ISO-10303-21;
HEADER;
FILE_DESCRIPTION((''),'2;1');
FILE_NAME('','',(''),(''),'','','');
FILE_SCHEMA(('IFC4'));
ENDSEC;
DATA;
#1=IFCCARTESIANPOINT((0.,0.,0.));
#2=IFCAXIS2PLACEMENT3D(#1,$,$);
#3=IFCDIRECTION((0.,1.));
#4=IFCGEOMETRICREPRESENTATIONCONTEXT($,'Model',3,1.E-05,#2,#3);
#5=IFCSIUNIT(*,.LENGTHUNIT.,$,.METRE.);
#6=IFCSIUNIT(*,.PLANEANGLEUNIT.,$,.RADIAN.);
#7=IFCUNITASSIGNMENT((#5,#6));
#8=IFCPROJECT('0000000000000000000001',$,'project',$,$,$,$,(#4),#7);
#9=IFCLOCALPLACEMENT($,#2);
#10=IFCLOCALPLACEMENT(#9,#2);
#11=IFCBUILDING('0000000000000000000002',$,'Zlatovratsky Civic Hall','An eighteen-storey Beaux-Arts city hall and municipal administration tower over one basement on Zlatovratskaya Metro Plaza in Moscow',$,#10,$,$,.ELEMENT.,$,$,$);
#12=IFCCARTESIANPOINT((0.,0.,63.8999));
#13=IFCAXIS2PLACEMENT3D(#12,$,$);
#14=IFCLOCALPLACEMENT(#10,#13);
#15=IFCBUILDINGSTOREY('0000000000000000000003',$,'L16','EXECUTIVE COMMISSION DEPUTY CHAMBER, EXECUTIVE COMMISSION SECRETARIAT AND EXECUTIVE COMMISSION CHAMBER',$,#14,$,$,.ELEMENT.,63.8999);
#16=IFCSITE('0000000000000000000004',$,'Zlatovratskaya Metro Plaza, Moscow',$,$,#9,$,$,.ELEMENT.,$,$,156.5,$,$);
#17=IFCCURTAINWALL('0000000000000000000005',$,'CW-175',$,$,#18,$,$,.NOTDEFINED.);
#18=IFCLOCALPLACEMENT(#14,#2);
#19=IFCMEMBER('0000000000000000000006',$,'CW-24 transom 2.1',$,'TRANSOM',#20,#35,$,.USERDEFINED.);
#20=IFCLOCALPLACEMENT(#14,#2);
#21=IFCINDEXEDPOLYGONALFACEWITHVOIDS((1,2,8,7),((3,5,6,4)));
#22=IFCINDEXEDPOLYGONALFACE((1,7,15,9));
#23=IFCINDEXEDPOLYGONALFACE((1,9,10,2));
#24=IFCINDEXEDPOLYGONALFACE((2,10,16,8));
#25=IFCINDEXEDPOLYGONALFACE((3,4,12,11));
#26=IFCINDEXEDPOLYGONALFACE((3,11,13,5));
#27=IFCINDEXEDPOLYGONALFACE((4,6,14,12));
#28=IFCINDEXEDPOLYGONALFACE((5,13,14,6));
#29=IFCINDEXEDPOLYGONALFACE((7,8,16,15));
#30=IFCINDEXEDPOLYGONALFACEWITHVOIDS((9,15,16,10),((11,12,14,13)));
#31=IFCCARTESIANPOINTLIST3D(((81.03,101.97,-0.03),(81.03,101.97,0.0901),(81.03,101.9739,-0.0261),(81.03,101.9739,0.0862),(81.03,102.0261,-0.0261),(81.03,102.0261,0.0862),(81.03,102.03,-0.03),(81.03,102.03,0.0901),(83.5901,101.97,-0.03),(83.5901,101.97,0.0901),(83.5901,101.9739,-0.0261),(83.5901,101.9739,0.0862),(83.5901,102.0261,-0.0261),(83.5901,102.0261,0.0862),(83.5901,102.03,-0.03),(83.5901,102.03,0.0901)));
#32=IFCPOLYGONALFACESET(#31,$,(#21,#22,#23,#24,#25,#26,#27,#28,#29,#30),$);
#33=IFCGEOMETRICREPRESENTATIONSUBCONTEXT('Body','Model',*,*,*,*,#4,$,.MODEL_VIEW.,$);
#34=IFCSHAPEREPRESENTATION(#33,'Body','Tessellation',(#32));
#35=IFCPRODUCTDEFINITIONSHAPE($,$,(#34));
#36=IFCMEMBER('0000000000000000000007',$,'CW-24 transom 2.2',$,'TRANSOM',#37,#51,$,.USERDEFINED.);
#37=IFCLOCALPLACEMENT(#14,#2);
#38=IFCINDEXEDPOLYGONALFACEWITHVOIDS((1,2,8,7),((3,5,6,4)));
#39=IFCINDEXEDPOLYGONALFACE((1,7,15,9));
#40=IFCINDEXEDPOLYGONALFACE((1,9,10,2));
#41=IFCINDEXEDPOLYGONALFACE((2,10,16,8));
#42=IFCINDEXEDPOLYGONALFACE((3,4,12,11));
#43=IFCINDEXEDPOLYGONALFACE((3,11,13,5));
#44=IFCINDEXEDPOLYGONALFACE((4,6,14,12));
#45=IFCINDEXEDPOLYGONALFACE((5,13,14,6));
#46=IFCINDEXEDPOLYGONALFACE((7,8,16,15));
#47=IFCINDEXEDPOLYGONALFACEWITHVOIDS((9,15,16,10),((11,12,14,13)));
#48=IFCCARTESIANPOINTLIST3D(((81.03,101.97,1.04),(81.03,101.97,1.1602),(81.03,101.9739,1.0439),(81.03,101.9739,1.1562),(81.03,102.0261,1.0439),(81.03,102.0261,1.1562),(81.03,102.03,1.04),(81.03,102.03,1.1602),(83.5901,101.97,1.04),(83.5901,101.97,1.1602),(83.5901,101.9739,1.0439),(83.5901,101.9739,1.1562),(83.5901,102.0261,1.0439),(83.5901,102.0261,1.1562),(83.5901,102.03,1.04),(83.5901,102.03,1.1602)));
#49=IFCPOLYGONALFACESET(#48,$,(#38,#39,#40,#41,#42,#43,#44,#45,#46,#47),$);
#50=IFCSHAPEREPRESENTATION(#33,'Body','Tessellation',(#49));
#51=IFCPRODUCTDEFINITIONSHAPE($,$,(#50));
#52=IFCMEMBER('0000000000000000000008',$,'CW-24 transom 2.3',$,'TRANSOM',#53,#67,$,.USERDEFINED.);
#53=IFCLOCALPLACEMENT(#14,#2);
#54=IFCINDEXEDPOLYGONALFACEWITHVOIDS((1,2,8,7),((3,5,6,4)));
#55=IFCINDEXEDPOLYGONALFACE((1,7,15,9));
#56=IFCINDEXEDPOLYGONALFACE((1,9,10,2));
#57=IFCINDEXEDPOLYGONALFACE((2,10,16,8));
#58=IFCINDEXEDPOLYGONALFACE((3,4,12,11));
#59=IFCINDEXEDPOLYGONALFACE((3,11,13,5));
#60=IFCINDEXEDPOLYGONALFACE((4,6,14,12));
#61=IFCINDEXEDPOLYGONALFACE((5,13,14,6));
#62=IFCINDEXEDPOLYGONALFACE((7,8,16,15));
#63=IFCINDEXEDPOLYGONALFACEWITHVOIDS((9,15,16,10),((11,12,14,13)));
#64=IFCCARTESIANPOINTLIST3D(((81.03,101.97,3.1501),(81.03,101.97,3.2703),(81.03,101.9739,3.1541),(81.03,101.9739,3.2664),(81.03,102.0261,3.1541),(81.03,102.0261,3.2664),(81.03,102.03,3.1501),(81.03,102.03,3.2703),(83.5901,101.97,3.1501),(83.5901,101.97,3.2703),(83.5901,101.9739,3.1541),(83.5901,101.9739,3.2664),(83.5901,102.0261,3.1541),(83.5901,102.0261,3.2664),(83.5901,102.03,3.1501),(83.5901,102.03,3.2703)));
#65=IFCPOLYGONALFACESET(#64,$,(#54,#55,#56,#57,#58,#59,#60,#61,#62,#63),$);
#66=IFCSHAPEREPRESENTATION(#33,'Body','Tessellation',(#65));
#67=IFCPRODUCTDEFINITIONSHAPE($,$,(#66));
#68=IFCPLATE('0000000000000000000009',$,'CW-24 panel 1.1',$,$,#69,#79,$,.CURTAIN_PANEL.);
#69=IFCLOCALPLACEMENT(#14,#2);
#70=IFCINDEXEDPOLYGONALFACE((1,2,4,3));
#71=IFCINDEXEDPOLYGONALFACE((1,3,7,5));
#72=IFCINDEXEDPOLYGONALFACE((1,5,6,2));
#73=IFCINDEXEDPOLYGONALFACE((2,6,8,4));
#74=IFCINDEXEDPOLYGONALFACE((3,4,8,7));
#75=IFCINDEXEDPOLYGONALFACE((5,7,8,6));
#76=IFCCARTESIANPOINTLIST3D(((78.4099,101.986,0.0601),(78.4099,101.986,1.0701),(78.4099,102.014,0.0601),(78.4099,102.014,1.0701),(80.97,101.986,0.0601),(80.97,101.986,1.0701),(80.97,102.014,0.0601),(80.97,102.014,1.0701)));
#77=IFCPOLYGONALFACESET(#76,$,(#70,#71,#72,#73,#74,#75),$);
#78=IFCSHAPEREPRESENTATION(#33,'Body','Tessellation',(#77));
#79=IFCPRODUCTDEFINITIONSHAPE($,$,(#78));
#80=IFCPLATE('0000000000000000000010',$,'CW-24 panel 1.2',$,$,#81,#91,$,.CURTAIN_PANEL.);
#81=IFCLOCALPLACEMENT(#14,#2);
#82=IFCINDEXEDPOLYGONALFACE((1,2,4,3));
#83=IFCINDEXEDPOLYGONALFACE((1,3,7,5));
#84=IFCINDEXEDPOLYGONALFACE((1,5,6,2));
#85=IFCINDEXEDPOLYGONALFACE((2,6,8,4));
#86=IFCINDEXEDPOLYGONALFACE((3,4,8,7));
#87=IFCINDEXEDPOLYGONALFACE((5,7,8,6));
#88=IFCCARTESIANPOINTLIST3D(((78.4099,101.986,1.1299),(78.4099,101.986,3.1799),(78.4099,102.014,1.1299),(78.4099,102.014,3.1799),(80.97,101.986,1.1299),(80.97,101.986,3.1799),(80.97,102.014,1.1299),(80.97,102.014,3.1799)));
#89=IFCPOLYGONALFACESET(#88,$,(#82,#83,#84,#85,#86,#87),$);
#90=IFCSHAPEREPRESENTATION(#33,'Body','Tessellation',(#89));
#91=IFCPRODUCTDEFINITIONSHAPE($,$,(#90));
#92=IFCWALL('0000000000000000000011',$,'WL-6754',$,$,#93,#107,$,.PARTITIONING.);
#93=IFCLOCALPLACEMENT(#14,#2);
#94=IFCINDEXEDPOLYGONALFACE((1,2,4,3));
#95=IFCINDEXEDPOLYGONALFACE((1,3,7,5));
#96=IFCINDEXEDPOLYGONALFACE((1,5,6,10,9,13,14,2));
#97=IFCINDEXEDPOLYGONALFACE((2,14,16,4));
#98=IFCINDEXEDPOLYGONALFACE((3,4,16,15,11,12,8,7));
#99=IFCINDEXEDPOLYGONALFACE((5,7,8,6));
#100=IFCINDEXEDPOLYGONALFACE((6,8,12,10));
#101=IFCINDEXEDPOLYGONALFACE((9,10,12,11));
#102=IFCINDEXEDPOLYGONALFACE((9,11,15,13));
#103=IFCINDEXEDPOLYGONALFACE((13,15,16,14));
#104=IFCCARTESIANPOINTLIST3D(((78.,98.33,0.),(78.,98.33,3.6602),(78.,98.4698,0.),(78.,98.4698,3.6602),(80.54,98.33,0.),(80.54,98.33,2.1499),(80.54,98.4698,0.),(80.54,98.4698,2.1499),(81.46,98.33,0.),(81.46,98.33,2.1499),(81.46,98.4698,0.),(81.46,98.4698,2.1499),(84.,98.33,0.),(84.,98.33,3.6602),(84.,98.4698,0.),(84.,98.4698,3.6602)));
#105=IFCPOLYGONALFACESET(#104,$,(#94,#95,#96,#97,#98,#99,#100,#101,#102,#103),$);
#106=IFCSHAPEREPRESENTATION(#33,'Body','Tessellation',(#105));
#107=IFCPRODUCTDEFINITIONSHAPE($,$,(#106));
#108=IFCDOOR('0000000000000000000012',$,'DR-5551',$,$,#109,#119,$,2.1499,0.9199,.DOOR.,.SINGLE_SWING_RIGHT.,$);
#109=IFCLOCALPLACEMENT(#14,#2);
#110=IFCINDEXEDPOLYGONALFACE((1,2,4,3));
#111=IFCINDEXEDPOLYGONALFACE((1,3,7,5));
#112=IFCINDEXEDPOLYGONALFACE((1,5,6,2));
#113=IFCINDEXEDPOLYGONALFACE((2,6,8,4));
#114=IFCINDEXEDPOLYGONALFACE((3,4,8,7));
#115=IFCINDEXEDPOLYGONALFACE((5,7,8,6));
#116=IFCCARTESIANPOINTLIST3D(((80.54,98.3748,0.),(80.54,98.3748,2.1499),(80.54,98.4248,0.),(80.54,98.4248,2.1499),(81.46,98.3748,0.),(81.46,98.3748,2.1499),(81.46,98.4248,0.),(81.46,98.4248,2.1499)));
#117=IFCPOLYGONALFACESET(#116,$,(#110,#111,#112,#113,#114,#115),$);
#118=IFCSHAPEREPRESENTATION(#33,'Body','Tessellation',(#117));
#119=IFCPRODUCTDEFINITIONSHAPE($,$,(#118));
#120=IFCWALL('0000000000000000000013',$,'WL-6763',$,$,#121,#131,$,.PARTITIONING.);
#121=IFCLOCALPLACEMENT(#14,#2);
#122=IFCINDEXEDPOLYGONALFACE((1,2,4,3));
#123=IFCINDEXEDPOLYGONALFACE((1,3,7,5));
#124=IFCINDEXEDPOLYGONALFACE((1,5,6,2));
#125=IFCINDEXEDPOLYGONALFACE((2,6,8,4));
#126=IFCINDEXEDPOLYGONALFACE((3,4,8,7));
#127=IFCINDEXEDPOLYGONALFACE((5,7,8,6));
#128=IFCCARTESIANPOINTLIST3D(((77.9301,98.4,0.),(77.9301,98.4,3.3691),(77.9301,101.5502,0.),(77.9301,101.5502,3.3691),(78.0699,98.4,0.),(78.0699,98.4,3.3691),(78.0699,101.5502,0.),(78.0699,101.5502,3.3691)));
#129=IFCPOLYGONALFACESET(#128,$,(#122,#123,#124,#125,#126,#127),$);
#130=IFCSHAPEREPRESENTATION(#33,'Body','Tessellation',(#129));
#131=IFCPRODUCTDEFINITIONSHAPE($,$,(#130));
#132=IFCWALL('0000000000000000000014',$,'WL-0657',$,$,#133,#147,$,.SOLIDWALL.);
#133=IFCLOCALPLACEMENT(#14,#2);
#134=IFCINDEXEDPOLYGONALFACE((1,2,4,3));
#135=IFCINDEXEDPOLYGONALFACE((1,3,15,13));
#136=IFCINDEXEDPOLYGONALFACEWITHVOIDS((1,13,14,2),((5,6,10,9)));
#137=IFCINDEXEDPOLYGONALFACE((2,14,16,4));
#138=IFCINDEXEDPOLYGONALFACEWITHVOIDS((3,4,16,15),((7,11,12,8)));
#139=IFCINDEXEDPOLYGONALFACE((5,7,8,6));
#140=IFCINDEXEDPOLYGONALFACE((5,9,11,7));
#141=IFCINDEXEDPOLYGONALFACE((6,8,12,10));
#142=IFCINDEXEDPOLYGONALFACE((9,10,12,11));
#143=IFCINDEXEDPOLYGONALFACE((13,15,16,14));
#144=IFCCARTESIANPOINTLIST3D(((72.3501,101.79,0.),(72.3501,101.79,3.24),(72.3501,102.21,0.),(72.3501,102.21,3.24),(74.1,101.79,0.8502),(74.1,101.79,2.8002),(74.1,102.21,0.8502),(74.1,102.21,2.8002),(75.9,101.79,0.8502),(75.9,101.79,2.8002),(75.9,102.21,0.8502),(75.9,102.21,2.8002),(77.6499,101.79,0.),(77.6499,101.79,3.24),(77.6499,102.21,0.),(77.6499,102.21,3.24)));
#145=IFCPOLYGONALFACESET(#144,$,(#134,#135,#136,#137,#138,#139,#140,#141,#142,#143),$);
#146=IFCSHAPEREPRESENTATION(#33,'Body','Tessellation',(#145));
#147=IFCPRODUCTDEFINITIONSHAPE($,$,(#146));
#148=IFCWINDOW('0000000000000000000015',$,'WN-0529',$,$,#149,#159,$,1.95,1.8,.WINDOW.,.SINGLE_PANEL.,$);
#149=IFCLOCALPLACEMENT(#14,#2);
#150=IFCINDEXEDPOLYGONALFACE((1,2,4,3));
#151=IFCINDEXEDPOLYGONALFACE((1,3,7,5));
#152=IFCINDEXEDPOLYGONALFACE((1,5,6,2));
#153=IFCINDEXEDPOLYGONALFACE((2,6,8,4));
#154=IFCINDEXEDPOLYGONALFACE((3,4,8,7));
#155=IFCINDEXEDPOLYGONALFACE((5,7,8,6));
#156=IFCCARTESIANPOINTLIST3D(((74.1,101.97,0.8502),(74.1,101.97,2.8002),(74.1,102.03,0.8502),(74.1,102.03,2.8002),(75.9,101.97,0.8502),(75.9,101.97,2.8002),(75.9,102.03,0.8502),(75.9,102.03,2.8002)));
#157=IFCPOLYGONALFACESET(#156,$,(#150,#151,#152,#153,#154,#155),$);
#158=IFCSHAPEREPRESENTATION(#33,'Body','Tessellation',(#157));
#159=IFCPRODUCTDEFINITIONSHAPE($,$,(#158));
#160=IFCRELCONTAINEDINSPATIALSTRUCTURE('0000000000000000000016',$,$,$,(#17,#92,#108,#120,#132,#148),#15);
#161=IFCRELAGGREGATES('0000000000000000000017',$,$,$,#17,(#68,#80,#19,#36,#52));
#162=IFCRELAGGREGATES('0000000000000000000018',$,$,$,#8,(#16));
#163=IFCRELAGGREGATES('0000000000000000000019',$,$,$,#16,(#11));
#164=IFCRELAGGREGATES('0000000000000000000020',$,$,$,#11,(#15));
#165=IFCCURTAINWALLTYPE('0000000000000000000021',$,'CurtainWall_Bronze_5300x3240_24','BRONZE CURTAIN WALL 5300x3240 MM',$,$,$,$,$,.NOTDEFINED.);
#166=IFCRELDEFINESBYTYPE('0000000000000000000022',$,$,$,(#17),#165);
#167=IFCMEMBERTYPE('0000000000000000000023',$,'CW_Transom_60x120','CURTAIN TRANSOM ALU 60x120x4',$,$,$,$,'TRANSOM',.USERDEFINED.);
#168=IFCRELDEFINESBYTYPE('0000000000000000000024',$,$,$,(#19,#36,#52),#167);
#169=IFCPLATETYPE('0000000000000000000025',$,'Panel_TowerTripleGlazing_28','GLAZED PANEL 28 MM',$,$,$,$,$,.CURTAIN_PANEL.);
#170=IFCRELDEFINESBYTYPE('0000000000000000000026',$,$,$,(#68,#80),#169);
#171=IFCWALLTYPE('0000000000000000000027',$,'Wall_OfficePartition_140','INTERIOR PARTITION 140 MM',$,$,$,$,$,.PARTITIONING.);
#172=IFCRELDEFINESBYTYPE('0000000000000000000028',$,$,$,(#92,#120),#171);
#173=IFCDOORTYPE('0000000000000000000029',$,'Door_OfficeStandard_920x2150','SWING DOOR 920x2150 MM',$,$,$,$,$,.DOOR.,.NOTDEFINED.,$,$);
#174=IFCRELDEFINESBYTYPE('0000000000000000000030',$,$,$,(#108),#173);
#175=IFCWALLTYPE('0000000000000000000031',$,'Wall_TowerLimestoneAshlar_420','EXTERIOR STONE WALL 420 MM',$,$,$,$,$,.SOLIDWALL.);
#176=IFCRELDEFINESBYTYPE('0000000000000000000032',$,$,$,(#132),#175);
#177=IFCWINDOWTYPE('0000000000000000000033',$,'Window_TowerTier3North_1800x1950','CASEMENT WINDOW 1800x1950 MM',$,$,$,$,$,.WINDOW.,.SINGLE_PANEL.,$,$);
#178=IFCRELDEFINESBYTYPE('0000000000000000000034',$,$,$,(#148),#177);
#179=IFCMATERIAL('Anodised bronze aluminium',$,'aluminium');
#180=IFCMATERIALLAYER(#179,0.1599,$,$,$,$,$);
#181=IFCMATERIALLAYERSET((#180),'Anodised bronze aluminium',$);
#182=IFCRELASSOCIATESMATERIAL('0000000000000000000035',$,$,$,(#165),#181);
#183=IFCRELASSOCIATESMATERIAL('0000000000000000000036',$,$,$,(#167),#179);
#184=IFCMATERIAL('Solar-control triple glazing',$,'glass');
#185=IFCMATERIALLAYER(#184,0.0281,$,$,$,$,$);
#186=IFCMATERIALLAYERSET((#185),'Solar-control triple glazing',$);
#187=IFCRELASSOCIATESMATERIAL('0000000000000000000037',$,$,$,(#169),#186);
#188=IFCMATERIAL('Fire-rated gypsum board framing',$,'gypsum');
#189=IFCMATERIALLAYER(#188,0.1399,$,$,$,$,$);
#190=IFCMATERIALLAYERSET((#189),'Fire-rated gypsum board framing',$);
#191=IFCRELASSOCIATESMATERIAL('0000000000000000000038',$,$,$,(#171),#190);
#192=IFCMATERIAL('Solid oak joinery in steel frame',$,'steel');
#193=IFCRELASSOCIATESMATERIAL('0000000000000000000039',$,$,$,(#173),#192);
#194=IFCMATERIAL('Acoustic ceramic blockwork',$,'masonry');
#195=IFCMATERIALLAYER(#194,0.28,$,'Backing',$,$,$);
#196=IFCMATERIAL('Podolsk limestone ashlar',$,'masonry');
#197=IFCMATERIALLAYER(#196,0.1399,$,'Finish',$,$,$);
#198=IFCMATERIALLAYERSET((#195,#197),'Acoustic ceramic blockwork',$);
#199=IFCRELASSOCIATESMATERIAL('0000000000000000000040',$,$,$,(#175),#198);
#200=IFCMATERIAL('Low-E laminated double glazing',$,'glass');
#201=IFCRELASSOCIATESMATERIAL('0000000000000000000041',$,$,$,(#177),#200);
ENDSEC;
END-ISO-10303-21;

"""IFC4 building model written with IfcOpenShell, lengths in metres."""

from ifc_helpers import new_model, si_unit, direction, frame, frame_2d, origin, origin_2d, place, context, subcontext, project, spatial, rectangle, hollow_rectangle, extrude, material, layer, layer_set, material_profile, profile_set, type_object, element, fill, aggregate, save


model = new_model("IFC4")

# Units and contexts
model_context = context("Model", 3, precision=1e-05, world=origin(), true_north=direction((0.0, 1.0)))
body_context = subcontext(model_context, "Body", "Model", "MODEL_VIEW")
ifc_project = project(units=[si_unit("LENGTHUNIT", "METRE"), si_unit("PLANEANGLEUNIT", "RADIAN")], contexts=[model_context])

# Site, building, storey
site_placement = place(None, origin())
site = spatial("IfcSite", under=ifc_project, at=site_placement, Name="Zlatovratskaya Metro Plaza, Moscow", CompositionType="ELEMENT", RefElevation=156.5)
building_placement = place(site_placement, origin())
building = spatial("IfcBuilding", under=site, at=building_placement, Name="Zlatovratsky Civic Hall", Description="An eighteen-storey Beaux-Arts city hall and municipal administration tower over one basement on Zlatovratskaya Metro Plaza in Moscow", CompositionType="ELEMENT")
storey_placement = place(building_placement, frame((0.0, 0.0, 63.8999)))
storey = spatial("IfcBuildingStorey", under=building, at=storey_placement, Name="L16", Description="EXECUTIVE COMMISSION DEPUTY CHAMBER, EXECUTIVE COMMISSION SECRETARIAT AND EXECUTIVE COMMISSION CHAMBER", CompositionType="ELEMENT", Elevation=63.8999)

# Curtain wall, members, plates
ifc_material_1 = material(Name="Anodised bronze aluminium", Category="aluminium")
ifc_layer_1 = layer(ifc_material_1, 0.1599)
ifc_layer_set_1 = layer_set([ifc_layer_1], Name="Anodised bronze aluminium")
curtain_wall_type = type_object("IfcCurtainWallType", Name="CurtainWall_Bronze_5300x3240_24", Description="BRONZE CURTAIN WALL 5300x3240 MM", PredefinedType="NOTDEFINED", material=ifc_layer_set_1)
curtain_wall_placement = place(storey_placement, origin())
curtain_wall = element("IfcCurtainWall", 1, at=curtain_wall_placement, inside=storey, type_object=curtain_wall_type, Name="CW-175", PredefinedType="NOTDEFINED")
ifc_material_profile_1 = material_profile(ifc_material_1, hollow_rectangle(XDim=0.0601, YDim=0.1201, WallThickness=0.0039, at=origin_2d()), Name="ALU 60x120x4")
ifc_profile_set_1 = profile_set([ifc_material_profile_1], Name="Anodised bronze aluminium")
member_type_1 = type_object("IfcMemberType", Name="CW_Transom_60x120", Description="CURTAIN TRANSOM ALU 60x120x4", ElementType="TRANSOM", PredefinedType="USERDEFINED", material=ifc_profile_set_1)
member_1_placement = place(storey_placement, frame((81.03, 102.0, 0.03), z_axis=(1.0, 0.0, 0.0), x_axis=(0.0, 1.0, 0.0)))
member_1 = element("IfcMember", 2, at=member_1_placement, type_object=member_type_1, Name="CW-24 transom 2.1", ObjectType="TRANSOM", PredefinedType="USERDEFINED", context=body_context, shape_type="SweptSolid", body=[
    extrude(hollow_rectangle(XDim=0.0601, YDim=0.1201, WallThickness=0.0039, at=origin_2d()), origin(), (0.0, 0.0, 1.0), 2.5601),
])
member_2_placement = place(storey_placement, frame((81.03, 102.0, 1.1001), z_axis=(1.0, 0.0, 0.0), x_axis=(0.0, 1.0, 0.0)))
member_2 = element("IfcMember", 3, at=member_2_placement, type_object=member_type_1, Name="CW-24 transom 2.2", ObjectType="TRANSOM", PredefinedType="USERDEFINED", context=body_context, shape_type="SweptSolid", body=[
    extrude(hollow_rectangle(XDim=0.0601, YDim=0.1201, WallThickness=0.0039, at=origin_2d()), origin(), (0.0, 0.0, 1.0), 2.5601),
])
member_3_placement = place(storey_placement, frame((81.03, 102.0, 3.2102), z_axis=(1.0, 0.0, 0.0), x_axis=(0.0, 1.0, 0.0)))
member_3 = element("IfcMember", 4, at=member_3_placement, type_object=member_type_1, Name="CW-24 transom 2.3", ObjectType="TRANSOM", PredefinedType="USERDEFINED", context=body_context, shape_type="SweptSolid", body=[
    extrude(hollow_rectangle(XDim=0.0601, YDim=0.1201, WallThickness=0.0039, at=origin_2d()), origin(), (0.0, 0.0, 1.0), 2.5601),
])
ifc_material_2 = material(Name="Solar-control triple glazing", Category="glass")
ifc_layer_2 = layer(ifc_material_2, 0.0281)
ifc_layer_set_2 = layer_set([ifc_layer_2], Name="Solar-control triple glazing")
plate_type = type_object("IfcPlateType", Name="Panel_TowerTripleGlazing_28", Description="GLAZED PANEL 28 MM", PredefinedType="CURTAIN_PANEL", material=ifc_layer_set_2)
plate_1_placement = place(storey_placement, frame((79.6899, 102.0, 0.0601), z_axis=(0.0, 0.0, 1.0), x_axis=(1.0, 0.0, 0.0)))
plate_1 = element("IfcPlate", 5, at=plate_1_placement, type_object=plate_type, Name="CW-24 panel 1.1", PredefinedType="CURTAIN_PANEL", context=body_context, shape_type="SweptSolid", body=[
    extrude(rectangle(XDim=2.5601, YDim=0.0281, at=origin_2d()), origin(), (0.0, 0.0, 1.0), 1.01),
])
plate_2_placement = place(storey_placement, frame((79.6899, 102.0, 1.1299), z_axis=(0.0, 0.0, 1.0), x_axis=(1.0, 0.0, 0.0)))
plate_2 = element("IfcPlate", 6, at=plate_2_placement, type_object=plate_type, Name="CW-24 panel 1.2", PredefinedType="CURTAIN_PANEL", context=body_context, shape_type="SweptSolid", body=[
    extrude(rectangle(XDim=2.5601, YDim=0.0281, at=origin_2d()), origin(), (0.0, 0.0, 1.0), 2.05),
])
aggregate(curtain_wall, [plate_1, plate_2, member_1, member_2, member_3])

# Wall, opening, door
ifc_material_3 = material(Name="Fire-rated gypsum board framing", Category="gypsum")
ifc_layer_3 = layer(ifc_material_3, 0.1399)
ifc_layer_set_3 = layer_set([ifc_layer_3], Name="Fire-rated gypsum board framing")
wall_type_1 = type_object("IfcWallType", Name="Wall_OfficePartition_140", Description="INTERIOR PARTITION 140 MM", PredefinedType="PARTITIONING", material=ifc_layer_set_3)
wall_1_placement = place(storey_placement, frame((78.0, 98.3999, 0.0), z_axis=(0.0, 0.0, 1.0), x_axis=(1.0, 0.0, 0.0)))
wall_1 = element("IfcWall", 7, at=wall_1_placement, inside=storey, type_object=wall_type_1, Name="WL-6754", PredefinedType="PARTITIONING", context=body_context, shape_type="SweptSolid", body=[
    extrude(rectangle(XDim=6.0, YDim=0.1399, at=frame_2d((3.0, 0.0))), origin(), (0.0, 0.0, 1.0), 3.6602),
])
opening_1_placement = place(wall_1_placement, frame((2.54, 0.0, 0.0)))
opening_1 = element("IfcOpeningElement", 8, at=opening_1_placement, cuts=wall_1, PredefinedType="OPENING", context=body_context, shape_type="SweptSolid", body=[
    extrude(rectangle(XDim=0.9199, YDim=2.1499, at=frame_2d((0.46, 1.075))), frame((0.0, 0.085, 0.0), z_axis=(0.0, -1.0, 0.0), x_axis=(1.0, 0.0, 0.0)), (0.0, 0.0, 1.0), 0.1697),
])
ifc_material_4 = material(Name="Solid oak joinery in steel frame", Category="steel")
door_type = type_object("IfcDoorType", Name="Door_OfficeStandard_920x2150", Description="SWING DOOR 920x2150 MM", OperationType="NOTDEFINED", PredefinedType="DOOR", material=ifc_material_4)
door_placement = place(opening_1_placement, origin())
door = element("IfcDoor", 9, at=door_placement, inside=storey, type_object=door_type, Name="DR-5551", OperationType="SINGLE_SWING_RIGHT", OverallHeight=2.1499, OverallWidth=0.9199, PredefinedType="DOOR", context=body_context, shape_type="SweptSolid", body=[
    extrude(rectangle(XDim=0.9199, YDim=2.1499, at=frame_2d((0.46, 1.075))), frame((0.0, 0.0249, 0.0), z_axis=(0.0, -1.0, 0.0), x_axis=(1.0, 0.0, 0.0)), (0.0, 0.0, 1.0), 0.05),
])
fill(opening_1, door)

# Wall
wall_2_placement = place(storey_placement, frame((78.0, 98.3999, 0.0), z_axis=(0.0, 0.0, 1.0), x_axis=(0.0, 1.0, 0.0)))
element("IfcWall", 10, at=wall_2_placement, inside=storey, type_object=wall_type_1, Name="WL-6763", PredefinedType="PARTITIONING", context=body_context, shape_type="SweptSolid", body=[
    extrude(rectangle(XDim=3.1501, YDim=0.1399, at=frame_2d((1.5752, 0.0))), origin(), (0.0, 0.0, 1.0), 3.3691),
])

# Wall, opening, window
ifc_material_5 = material(Name="Acoustic ceramic blockwork", Category="masonry")
ifc_layer_4 = layer(ifc_material_5, 0.28, Name="Backing")
ifc_material_6 = material(Name="Podolsk limestone ashlar", Category="masonry")
ifc_layer_5 = layer(ifc_material_6, 0.1399, Name="Finish")
ifc_layer_set_4 = layer_set([ifc_layer_4, ifc_layer_5], Name="Acoustic ceramic blockwork")
wall_type_2 = type_object("IfcWallType", Name="Wall_TowerLimestoneAshlar_420", Description="EXTERIOR STONE WALL 420 MM", PredefinedType="SOLIDWALL", material=ifc_layer_set_4)
wall_3_placement = place(storey_placement, frame((72.3501, 102.0, 0.0), z_axis=(0.0, 0.0, 1.0), x_axis=(1.0, 0.0, 0.0)))
wall_3 = element("IfcWall", 11, at=wall_3_placement, inside=storey, type_object=wall_type_2, Name="WL-0657", PredefinedType="SOLIDWALL", context=body_context, shape_type="SweptSolid", body=[
    extrude(rectangle(XDim=5.2998, YDim=0.4199, at=frame_2d((2.6499, 0.0))), origin(), (0.0, 0.0, 1.0), 3.24),
])
opening_2_placement = place(wall_3_placement, frame((1.75, 0.0, 0.8501)))
opening_2 = element("IfcOpeningElement", 12, at=opening_2_placement, cuts=wall_3, PredefinedType="OPENING", context=body_context, shape_type="SweptSolid", body=[
    extrude(rectangle(XDim=1.8, YDim=1.95, at=frame_2d((0.8999, 0.9751))), frame((0.0, 0.2249, 0.0), z_axis=(0.0, -1.0, 0.0), x_axis=(1.0, 0.0, 0.0)), (0.0, 0.0, 1.0), 0.4497),
])
ifc_material_7 = material(Name="Low-E laminated double glazing", Category="glass")
window_type = type_object("IfcWindowType", Name="Window_TowerTier3North_1800x1950", Description="CASEMENT WINDOW 1800x1950 MM", PartitioningType="SINGLE_PANEL", PredefinedType="WINDOW", material=ifc_material_7)
window_placement = place(opening_2_placement, origin())
window = element("IfcWindow", 13, at=window_placement, inside=storey, type_object=window_type, Name="WN-0529", OverallHeight=1.95, OverallWidth=1.8, PartitioningType="SINGLE_PANEL", PredefinedType="WINDOW", context=body_context, shape_type="SweptSolid", body=[
    extrude(rectangle(XDim=1.8, YDim=1.95, at=frame_2d((0.8999, 0.9751))), frame((0.0, 0.03, 0.0), z_axis=(0.0, -1.0, 0.0), x_axis=(1.0, 0.0, 0.0)), (0.0, 0.0, 1.0), 0.0601),
])
fill(opening_2, window)

save(model, "model.ifc")
